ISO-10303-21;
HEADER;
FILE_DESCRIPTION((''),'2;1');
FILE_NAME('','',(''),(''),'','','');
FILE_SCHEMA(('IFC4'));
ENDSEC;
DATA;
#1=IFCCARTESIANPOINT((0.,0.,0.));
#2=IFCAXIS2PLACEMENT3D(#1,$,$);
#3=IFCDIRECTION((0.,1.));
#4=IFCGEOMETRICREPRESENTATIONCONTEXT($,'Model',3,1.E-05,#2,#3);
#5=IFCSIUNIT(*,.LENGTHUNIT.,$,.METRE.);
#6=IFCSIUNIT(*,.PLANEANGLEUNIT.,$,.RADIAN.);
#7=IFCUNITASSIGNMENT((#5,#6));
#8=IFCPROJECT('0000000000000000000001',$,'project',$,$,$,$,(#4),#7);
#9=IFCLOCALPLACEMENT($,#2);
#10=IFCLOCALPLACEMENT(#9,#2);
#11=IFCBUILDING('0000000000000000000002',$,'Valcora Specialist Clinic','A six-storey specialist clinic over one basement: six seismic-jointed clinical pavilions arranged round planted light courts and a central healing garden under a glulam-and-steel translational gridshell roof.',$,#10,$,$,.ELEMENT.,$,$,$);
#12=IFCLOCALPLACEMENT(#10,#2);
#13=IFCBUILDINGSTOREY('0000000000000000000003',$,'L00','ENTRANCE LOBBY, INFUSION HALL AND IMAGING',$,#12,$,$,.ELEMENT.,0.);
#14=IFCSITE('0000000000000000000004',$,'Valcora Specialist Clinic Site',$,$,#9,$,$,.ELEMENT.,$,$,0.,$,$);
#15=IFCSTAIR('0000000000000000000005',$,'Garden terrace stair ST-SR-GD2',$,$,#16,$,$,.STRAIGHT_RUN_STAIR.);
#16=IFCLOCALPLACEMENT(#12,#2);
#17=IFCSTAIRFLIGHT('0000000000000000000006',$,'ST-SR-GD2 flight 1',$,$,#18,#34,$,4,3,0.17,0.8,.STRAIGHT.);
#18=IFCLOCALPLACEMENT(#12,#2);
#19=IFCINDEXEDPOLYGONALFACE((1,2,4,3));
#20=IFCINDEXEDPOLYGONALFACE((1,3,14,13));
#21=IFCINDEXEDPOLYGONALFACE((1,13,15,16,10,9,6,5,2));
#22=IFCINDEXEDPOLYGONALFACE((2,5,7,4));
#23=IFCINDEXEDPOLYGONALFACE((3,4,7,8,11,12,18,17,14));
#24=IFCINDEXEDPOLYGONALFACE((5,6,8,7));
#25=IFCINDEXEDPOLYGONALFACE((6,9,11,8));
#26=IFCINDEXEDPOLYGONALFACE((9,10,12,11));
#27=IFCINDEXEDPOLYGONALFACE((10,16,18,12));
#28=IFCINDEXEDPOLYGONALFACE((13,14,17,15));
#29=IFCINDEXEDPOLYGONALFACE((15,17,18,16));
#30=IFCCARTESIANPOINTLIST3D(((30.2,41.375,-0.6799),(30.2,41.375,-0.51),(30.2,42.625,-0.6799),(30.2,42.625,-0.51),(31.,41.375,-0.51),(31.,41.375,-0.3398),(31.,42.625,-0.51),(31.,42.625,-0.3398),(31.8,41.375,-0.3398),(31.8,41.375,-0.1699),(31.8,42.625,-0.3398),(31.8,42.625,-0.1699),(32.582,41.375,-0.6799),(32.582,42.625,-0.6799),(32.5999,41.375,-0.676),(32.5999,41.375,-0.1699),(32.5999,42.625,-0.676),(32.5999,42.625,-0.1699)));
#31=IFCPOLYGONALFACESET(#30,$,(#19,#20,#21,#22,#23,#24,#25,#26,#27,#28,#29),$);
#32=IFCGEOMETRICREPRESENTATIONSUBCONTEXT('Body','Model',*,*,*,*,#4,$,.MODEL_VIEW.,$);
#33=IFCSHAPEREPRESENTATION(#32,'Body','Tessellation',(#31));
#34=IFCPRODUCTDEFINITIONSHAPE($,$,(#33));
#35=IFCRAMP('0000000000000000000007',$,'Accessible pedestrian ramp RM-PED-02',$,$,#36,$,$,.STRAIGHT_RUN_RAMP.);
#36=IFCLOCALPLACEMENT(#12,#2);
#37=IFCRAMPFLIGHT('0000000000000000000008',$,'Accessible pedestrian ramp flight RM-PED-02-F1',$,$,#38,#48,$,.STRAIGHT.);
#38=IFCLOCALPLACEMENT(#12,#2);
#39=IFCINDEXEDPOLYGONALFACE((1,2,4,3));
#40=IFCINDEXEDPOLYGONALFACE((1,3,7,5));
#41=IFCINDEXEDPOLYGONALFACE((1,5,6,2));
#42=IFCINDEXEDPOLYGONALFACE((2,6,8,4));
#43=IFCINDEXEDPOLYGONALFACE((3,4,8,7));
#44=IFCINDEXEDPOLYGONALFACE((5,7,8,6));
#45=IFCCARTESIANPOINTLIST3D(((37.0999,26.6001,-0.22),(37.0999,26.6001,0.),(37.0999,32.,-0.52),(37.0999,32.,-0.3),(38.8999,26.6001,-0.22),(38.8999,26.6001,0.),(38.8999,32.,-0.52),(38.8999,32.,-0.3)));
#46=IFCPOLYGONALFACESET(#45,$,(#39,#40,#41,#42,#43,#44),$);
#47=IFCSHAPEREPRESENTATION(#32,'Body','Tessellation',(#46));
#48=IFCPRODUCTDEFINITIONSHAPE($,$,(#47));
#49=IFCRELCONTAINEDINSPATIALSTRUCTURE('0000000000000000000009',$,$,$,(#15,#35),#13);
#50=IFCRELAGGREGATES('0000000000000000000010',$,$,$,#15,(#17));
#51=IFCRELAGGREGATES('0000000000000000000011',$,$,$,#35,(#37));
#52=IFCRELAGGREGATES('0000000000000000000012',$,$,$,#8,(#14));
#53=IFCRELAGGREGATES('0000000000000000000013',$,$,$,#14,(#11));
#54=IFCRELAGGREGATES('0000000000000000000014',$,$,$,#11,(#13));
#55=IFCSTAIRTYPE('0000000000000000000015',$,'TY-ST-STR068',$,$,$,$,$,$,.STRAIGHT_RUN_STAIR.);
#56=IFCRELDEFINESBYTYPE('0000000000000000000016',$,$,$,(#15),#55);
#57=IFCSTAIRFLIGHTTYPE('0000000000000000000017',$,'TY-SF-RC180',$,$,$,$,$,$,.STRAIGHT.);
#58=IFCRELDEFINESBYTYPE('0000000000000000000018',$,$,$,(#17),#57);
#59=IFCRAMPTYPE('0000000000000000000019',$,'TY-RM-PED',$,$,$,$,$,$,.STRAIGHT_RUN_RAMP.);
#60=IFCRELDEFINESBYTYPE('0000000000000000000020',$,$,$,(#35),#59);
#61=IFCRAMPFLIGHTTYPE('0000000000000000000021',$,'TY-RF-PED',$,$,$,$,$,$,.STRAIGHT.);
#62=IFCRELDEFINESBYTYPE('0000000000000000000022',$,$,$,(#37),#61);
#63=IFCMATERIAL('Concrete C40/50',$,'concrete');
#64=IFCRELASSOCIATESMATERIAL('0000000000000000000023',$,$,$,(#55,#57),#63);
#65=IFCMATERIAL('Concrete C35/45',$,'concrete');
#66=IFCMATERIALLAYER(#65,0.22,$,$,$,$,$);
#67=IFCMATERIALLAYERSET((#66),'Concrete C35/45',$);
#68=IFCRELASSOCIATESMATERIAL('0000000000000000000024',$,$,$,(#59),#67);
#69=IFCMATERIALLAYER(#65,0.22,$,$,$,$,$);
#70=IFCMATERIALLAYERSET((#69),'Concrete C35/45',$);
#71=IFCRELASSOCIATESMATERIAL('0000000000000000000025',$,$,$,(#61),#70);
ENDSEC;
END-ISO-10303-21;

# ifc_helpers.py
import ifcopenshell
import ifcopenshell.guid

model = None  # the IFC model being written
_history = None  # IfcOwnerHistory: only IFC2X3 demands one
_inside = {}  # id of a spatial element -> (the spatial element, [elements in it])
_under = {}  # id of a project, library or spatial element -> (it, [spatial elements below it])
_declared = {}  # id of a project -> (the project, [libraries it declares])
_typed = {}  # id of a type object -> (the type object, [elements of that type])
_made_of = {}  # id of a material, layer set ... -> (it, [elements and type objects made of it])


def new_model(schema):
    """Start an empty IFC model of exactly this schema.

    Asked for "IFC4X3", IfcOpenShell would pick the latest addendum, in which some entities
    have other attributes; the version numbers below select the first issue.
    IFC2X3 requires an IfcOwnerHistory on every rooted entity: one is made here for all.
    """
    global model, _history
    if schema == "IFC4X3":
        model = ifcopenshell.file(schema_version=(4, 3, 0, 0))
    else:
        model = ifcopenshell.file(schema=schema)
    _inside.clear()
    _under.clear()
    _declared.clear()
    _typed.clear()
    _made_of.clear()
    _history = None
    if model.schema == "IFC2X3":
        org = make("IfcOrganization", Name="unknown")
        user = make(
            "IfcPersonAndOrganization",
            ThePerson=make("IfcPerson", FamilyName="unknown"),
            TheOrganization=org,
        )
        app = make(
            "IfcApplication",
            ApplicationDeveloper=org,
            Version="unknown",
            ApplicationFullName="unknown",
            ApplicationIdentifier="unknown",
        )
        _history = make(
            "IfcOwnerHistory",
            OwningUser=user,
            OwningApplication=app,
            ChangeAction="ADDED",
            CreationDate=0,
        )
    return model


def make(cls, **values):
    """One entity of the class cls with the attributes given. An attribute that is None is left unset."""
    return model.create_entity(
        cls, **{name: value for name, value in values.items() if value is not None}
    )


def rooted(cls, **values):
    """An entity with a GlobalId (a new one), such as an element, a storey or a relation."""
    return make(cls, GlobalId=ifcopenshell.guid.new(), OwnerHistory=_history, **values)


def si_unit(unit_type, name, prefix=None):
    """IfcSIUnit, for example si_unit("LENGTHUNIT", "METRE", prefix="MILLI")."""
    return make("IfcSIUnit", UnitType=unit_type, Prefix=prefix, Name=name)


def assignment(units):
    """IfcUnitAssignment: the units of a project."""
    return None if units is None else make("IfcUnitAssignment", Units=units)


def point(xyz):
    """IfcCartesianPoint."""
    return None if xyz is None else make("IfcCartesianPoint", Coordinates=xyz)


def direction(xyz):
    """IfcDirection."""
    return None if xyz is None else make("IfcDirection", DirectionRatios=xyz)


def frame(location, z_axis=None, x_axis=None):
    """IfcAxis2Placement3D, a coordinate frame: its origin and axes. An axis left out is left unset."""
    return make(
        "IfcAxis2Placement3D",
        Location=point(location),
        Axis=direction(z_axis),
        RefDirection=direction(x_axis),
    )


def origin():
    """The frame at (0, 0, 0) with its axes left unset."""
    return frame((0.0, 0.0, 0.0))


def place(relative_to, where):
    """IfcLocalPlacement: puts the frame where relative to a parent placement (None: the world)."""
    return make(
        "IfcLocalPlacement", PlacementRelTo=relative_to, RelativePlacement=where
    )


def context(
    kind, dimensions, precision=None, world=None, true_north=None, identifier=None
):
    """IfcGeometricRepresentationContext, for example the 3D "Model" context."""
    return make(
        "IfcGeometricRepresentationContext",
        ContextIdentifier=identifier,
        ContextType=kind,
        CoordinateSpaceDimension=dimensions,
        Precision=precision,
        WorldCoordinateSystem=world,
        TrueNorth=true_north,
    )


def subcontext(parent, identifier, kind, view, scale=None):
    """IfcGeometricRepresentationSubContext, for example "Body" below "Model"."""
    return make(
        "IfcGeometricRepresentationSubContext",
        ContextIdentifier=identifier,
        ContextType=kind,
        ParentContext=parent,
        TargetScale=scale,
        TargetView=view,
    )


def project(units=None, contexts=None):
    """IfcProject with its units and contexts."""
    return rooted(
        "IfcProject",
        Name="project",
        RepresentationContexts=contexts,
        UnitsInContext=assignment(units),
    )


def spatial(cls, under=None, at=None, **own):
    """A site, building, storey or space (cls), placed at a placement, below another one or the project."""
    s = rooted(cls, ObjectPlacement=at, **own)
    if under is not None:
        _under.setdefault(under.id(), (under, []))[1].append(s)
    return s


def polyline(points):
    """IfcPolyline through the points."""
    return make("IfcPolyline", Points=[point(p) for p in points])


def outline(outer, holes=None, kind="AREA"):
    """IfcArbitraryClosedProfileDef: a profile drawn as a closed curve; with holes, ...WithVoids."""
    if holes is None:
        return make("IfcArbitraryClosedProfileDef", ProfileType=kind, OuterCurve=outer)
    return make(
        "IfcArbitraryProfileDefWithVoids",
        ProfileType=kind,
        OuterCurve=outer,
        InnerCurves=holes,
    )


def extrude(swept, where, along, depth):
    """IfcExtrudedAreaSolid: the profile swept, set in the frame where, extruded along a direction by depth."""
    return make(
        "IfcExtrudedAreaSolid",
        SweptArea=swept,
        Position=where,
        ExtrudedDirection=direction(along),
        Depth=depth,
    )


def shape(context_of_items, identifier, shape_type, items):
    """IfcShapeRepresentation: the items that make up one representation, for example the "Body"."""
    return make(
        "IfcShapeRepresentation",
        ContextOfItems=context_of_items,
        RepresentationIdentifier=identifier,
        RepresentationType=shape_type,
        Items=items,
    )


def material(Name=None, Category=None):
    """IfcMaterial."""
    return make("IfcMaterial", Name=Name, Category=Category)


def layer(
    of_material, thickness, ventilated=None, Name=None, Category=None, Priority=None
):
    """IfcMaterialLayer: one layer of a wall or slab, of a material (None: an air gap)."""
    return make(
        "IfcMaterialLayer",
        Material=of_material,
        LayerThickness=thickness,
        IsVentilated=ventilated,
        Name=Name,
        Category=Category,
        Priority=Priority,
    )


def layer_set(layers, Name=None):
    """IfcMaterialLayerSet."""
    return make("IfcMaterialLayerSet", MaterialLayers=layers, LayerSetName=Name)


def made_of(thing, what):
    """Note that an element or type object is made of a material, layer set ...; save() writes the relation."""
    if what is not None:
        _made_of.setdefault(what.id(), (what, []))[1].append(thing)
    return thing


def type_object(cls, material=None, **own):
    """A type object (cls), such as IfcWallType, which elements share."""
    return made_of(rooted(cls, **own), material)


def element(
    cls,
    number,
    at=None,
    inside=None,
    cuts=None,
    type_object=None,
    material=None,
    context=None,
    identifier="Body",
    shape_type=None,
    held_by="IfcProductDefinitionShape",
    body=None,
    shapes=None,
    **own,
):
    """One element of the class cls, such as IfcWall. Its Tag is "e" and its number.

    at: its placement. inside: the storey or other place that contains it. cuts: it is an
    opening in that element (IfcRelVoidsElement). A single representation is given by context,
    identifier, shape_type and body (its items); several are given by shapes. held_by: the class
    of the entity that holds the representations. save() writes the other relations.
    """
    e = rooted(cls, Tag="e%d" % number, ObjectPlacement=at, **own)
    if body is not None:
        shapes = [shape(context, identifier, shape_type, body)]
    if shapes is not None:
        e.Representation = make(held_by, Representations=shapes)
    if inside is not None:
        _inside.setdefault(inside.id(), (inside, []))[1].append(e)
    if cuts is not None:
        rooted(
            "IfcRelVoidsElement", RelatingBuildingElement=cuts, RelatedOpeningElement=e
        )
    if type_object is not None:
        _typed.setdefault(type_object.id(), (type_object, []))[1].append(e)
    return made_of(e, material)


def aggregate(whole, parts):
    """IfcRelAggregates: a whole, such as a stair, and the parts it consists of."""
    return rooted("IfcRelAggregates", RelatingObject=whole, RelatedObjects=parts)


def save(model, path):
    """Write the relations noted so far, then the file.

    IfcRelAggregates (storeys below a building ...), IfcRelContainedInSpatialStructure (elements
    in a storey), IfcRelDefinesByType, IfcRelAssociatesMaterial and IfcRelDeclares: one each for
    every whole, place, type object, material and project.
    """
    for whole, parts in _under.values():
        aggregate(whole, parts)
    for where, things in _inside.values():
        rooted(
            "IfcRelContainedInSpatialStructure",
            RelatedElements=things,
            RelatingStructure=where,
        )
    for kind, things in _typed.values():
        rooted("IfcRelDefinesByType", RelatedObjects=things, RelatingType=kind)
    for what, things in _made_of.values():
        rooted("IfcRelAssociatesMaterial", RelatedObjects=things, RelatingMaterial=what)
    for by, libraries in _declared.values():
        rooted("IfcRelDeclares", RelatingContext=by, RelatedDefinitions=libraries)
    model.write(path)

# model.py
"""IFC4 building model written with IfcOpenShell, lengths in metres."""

from ifc_helpers import new_model, si_unit, direction, frame, origin, place, context, subcontext, project, spatial, polyline, outline, extrude, material, layer, layer_set, type_object, element, aggregate, save


model = new_model("IFC4")

# Units and contexts
model_context = context("Model", 3, precision=1e-05, world=origin(), true_north=direction((0.0, 1.0)))
body_context = subcontext(model_context, "Body", "Model", "MODEL_VIEW")
ifc_project = project(units=[si_unit("LENGTHUNIT", "METRE"), si_unit("PLANEANGLEUNIT", "RADIAN")], contexts=[model_context])

# Site, building, storey
site_placement = place(None, origin())
site = spatial("IfcSite", under=ifc_project, at=site_placement, Name="Valcora Specialist Clinic Site", CompositionType="ELEMENT", RefElevation=0.0)
building_placement = place(site_placement, origin())
building = spatial("IfcBuilding", under=site, at=building_placement, Name="Valcora Specialist Clinic", Description="A six-storey specialist clinic over one basement: six seismic-jointed clinical pavilions arranged round planted light courts and a central healing garden under a glulam-and-steel translational gridshell roof.", CompositionType="ELEMENT")
storey_placement = place(building_placement, origin())
storey = spatial("IfcBuildingStorey", under=building, at=storey_placement, Name="L00", Description="ENTRANCE LOBBY, INFUSION HALL AND IMAGING", CompositionType="ELEMENT", Elevation=0.0)

# Shared definitions
ifc_material_1 = material(Name="Concrete C40/50", Category="concrete")

# Stair, stair flight
stair_type = type_object("IfcStairType", Name="TY-ST-STR068", PredefinedType="STRAIGHT_RUN_STAIR", material=ifc_material_1)
stair_flight_type = type_object("IfcStairFlightType", Name="TY-SF-RC180", PredefinedType="STRAIGHT", material=ifc_material_1)
stair_1_placement = place(storey_placement, origin())
stair_1 = element("IfcStair", 1, at=stair_1_placement, inside=storey, type_object=stair_type, Name="Garden terrace stair ST-SR-GD2", PredefinedType="STRAIGHT_RUN_STAIR")
stair_flight_1_placement = place(storey_placement, frame((30.2, 42.0, -0.6799), z_axis=(0.0, 0.0, 1.0), x_axis=(1.0, 0.0, 0.0)))
stair_flight_1 = element("IfcStairFlight", 2, at=stair_flight_1_placement, type_object=stair_flight_type, Name="ST-SR-GD2 flight 1", NumberOfRisers=4, NumberOfTreads=3, PredefinedType="STRAIGHT", RiserHeight=0.17, TreadLength=0.8, context=body_context, shape_type="SweptSolid", body=[
    extrude(outline(polyline([(0.0, 0.0), (0.0, 0.1699), (0.8, 0.1699), (0.8, 0.3401), (1.6001, 0.3401), (1.6001, 0.51), (2.3999, 0.51), (2.3999, 0.6799), (2.3999, 0.0039), (2.3821, 0.0), (0.0, 0.0)])), frame((0.0, 0.625, 0.0), z_axis=(0.0, -1.0, 0.0), x_axis=(1.0, 0.0, 0.0)), (0.0, 0.0, 1.0), 1.25),
])
aggregate(stair_1, [stair_flight_1])

# Ramp, ramp flight
ifc_material_2 = material(Name="Concrete C35/45", Category="concrete")
ifc_layer_1 = layer(ifc_material_2, 0.22)
ifc_layer_set_1 = layer_set([ifc_layer_1], Name="Concrete C35/45")
ramp_type = type_object("IfcRampType", Name="TY-RM-PED", PredefinedType="STRAIGHT_RUN_RAMP", material=ifc_layer_set_1)
ramp_placement = place(storey_placement, origin())
ramp = element("IfcRamp", 3, at=ramp_placement, inside=storey, type_object=ramp_type, Name="Accessible pedestrian ramp RM-PED-02", PredefinedType="STRAIGHT_RUN_RAMP")
ifc_layer_2 = layer(ifc_material_2, 0.22)
ifc_layer_set_2 = layer_set([ifc_layer_2], Name="Concrete C35/45")
ramp_flight_type = type_object("IfcRampFlightType", Name="TY-RF-PED", PredefinedType="STRAIGHT", material=ifc_layer_set_2)
ramp_flight_placement = place(storey_placement, frame((38.0, 32.0, -0.3), z_axis=(0.0, 0.0, 1.0), x_axis=(0.0, -1.0, 0.0)))
ramp_flight = element("IfcRampFlight", 4, at=ramp_flight_placement, type_object=ramp_flight_type, Name="Accessible pedestrian ramp flight RM-PED-02-F1", PredefinedType="STRAIGHT", context=body_context, shape_type="SweptSolid", body=[
    extrude(outline(polyline([(0.0, 0.0), (5.3999, 0.3), (5.3999, 0.0801), (0.0, -0.22), (0.0, 0.0)])), frame((0.0, 0.8999, 0.0), z_axis=(0.0, -1.0, 0.0), x_axis=(1.0, 0.0, 0.0)), (0.0, 0.0, 1.0), 1.8),
])
aggregate(ramp, [ramp_flight])

save(model, "model.ifc")
